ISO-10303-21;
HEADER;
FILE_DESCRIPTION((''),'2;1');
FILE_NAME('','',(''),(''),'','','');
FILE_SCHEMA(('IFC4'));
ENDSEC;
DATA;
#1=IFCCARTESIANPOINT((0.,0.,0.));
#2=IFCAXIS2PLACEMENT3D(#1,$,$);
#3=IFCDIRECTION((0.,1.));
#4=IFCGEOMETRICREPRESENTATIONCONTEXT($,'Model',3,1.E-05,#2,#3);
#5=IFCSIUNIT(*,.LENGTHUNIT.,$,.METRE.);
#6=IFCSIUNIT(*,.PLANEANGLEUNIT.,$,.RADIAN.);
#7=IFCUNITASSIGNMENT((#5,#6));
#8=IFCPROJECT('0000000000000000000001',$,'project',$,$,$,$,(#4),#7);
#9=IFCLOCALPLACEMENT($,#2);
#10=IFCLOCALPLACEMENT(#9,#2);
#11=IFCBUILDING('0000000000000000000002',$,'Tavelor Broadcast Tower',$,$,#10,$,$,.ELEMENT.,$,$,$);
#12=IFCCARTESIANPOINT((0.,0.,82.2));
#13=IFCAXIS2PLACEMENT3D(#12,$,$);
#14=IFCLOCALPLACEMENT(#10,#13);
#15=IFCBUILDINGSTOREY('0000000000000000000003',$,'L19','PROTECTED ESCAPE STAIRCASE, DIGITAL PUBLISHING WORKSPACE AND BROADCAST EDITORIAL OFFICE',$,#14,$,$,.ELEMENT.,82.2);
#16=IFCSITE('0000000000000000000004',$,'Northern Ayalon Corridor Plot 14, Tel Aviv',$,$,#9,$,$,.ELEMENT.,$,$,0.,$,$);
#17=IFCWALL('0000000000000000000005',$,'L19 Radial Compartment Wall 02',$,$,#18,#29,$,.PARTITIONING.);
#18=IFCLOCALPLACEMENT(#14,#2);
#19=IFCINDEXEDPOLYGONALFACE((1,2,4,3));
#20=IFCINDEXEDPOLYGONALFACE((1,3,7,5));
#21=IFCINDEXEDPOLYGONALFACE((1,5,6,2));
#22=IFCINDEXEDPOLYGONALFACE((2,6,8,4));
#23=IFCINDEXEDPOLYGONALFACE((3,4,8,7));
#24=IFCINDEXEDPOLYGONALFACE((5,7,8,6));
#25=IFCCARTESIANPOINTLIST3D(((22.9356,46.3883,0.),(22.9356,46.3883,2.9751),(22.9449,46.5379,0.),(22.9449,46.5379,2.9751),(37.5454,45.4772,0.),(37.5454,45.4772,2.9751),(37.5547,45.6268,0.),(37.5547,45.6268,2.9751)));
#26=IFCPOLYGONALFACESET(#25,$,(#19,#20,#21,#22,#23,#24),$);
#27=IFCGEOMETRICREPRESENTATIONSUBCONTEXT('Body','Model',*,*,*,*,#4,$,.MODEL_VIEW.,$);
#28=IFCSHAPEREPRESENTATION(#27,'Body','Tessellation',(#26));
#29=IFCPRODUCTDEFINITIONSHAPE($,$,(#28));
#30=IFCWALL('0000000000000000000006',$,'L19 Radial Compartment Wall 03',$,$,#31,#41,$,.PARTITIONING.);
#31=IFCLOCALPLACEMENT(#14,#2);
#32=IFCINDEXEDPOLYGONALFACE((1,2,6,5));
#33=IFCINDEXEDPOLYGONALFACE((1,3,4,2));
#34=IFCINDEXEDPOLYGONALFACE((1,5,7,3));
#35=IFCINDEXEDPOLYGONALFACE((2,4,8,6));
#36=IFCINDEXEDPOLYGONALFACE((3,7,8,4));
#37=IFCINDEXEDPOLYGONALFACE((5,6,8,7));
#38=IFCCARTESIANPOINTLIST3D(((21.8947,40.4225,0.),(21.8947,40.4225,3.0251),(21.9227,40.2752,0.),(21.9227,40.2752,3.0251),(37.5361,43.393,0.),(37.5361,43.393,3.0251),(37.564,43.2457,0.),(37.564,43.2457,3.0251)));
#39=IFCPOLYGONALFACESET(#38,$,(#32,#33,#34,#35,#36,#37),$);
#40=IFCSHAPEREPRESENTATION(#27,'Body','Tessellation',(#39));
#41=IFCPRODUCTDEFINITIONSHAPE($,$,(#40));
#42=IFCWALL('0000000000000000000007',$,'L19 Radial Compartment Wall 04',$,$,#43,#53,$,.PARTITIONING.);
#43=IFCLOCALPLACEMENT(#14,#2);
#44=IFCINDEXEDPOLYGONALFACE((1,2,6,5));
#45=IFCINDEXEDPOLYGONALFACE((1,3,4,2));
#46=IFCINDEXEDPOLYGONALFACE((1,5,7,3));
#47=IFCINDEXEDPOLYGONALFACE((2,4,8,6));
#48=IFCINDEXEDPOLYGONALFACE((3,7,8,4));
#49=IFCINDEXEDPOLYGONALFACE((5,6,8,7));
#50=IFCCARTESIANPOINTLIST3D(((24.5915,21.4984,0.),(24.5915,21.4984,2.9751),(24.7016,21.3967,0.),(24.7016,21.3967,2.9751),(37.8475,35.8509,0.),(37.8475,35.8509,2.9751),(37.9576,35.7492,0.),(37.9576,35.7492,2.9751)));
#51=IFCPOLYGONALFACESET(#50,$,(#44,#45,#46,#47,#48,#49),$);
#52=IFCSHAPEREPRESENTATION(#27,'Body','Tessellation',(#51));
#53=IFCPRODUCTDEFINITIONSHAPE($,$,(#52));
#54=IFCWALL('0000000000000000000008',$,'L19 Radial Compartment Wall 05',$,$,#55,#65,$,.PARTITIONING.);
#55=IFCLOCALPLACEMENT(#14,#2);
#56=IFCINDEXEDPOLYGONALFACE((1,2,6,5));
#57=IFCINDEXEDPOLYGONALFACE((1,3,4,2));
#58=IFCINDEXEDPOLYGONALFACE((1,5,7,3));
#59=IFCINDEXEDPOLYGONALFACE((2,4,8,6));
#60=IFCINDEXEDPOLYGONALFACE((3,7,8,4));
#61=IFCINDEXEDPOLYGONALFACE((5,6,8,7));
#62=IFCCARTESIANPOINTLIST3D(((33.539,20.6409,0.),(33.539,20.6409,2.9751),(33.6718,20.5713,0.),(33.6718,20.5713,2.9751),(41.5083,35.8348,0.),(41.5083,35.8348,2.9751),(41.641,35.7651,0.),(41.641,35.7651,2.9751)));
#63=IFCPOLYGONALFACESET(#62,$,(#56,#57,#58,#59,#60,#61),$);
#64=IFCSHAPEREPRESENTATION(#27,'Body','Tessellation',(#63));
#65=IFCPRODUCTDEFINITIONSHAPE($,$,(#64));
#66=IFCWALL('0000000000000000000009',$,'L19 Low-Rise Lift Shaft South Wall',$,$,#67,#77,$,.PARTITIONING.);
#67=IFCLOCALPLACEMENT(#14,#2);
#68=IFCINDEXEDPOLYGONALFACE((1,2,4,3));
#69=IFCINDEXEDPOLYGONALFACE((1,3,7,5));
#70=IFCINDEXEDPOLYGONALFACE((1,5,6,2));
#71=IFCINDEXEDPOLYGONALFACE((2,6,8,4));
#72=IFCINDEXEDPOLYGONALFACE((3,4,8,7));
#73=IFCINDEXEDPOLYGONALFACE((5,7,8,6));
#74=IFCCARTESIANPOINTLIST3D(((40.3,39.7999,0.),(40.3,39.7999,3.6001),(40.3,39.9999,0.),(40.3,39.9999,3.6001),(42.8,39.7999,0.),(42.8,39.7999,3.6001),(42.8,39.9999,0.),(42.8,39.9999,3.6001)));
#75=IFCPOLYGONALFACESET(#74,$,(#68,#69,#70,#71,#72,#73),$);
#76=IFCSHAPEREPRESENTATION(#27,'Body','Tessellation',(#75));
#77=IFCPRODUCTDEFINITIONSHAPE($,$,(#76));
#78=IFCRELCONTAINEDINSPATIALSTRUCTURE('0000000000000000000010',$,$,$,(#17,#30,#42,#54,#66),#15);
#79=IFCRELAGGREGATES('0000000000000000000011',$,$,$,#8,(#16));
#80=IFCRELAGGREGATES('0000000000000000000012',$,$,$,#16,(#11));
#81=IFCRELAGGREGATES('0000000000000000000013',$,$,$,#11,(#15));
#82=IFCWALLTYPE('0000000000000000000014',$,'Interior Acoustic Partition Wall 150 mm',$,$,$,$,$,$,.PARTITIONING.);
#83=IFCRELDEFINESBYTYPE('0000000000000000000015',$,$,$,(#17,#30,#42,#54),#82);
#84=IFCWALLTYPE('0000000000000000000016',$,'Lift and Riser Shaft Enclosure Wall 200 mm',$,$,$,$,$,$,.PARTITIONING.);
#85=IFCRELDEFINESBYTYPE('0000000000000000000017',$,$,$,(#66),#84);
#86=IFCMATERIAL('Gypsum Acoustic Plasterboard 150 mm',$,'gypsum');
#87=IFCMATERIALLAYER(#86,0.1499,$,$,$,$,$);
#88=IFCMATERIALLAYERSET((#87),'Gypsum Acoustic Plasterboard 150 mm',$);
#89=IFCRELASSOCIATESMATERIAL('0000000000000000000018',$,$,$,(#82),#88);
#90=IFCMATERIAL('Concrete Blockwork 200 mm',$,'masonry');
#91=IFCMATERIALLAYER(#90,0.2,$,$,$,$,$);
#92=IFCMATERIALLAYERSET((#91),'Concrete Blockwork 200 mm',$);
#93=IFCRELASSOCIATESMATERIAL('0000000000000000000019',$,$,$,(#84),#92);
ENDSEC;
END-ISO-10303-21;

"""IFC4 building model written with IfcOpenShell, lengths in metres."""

from ifc_helpers import new_model, si_unit, direction, frame, frame_2d, origin, place, context, subcontext, project, spatial, rectangle, extrude, material, layer, layer_set, type_object, element, save


model = new_model("IFC4")

# Units and contexts
model_context = context("Model", 3, precision=1e-05, world=origin(), true_north=direction((0.0, 1.0)))
body_context = subcontext(model_context, "Body", "Model", "MODEL_VIEW")
ifc_project = project(units=[si_unit("LENGTHUNIT", "METRE"), si_unit("PLANEANGLEUNIT", "RADIAN")], contexts=[model_context])

# Site, building, storey
site_placement = place(None, origin())
site = spatial("IfcSite", under=ifc_project, at=site_placement, Name="Northern Ayalon Corridor Plot 14, Tel Aviv", CompositionType="ELEMENT", RefElevation=0.0)
building_placement = place(site_placement, origin())
building = spatial("IfcBuilding", under=site, at=building_placement, Name="Tavelor Broadcast Tower", CompositionType="ELEMENT")
storey_placement = place(building_placement, frame((0.0, 0.0, 82.2)))
storey = spatial("IfcBuildingStorey", under=building, at=storey_placement, Name="L19", Description="PROTECTED ESCAPE STAIRCASE, DIGITAL PUBLISHING WORKSPACE AND BROADCAST EDITORIAL OFFICE", CompositionType="ELEMENT", Elevation=82.2)

# Walls
ifc_material_1 = material(Name="Gypsum Acoustic Plasterboard 150 mm", Category="gypsum")
ifc_layer_1 = layer(ifc_material_1, 0.1499)
ifc_layer_set_1 = layer_set([ifc_layer_1], Name="Gypsum Acoustic Plasterboard 150 mm")
wall_type_1 = type_object("IfcWallType", Name="Interior Acoustic Partition Wall 150 mm", PredefinedType="PARTITIONING", material=ifc_layer_set_1)
wall_1_placement = place(storey_placement, frame((37.55, 45.552, 0.0), z_axis=(0.0, 0.0, 1.0), x_axis=(-0.998061, 0.062243, 0.0)))
element("IfcWall", 1, at=wall_1_placement, inside=storey, type_object=wall_type_1, Name="L19 Radial Compartment Wall 02", PredefinedType="PARTITIONING", context=body_context, shape_type="SweptSolid", body=[
    extrude(rectangle(XDim=14.6382, YDim=0.1499, at=frame_2d((7.3191, 0.0))), origin(), (0.0, 0.0, 1.0), 2.9751),
])
wall_2_placement = place(storey_placement, frame((37.55, 43.3193, 0.0), z_axis=(0.0, 0.0, 1.0), x_axis=(-0.982441, -0.186576, 0.0)))
element("IfcWall", 2, at=wall_2_placement, inside=storey, type_object=wall_type_1, Name="L19 Radial Compartment Wall 03", PredefinedType="PARTITIONING", context=body_context, shape_type="SweptSolid", body=[
    extrude(rectangle(XDim=15.9209, YDim=0.1499, at=frame_2d((7.9604, 0.0))), origin(), (0.0, 0.0, 1.0), 3.0251),
])
wall_3_placement = place(storey_placement, frame((37.9026, 35.8, 0.0), z_axis=(0.0, 0.0, 1.0), x_axis=(-0.67849, -0.734609, 0.0)))
element("IfcWall", 3, at=wall_3_placement, inside=storey, type_object=wall_type_1, Name="L19 Radial Compartment Wall 04", PredefinedType="PARTITIONING", context=body_context, shape_type="SweptSolid", body=[
    extrude(rectangle(XDim=19.5376, YDim=0.1499, at=frame_2d((9.7688, 0.0))), origin(), (0.0, 0.0, 1.0), 2.9751),
])
wall_4_placement = place(storey_placement, frame((41.5747, 35.8, 0.0), z_axis=(0.0, 0.0, 1.0), x_axis=(-0.46449, -0.885579, 0.0)))
element("IfcWall", 4, at=wall_4_placement, inside=storey, type_object=wall_type_1, Name="L19 Radial Compartment Wall 05", PredefinedType="PARTITIONING", context=body_context, shape_type="SweptSolid", body=[
    extrude(rectangle(XDim=17.157, YDim=0.1499, at=frame_2d((8.5786, 0.0))), origin(), (0.0, 0.0, 1.0), 2.9751),
])

# Shared definitions
ifc_material_2 = material(Name="Concrete Blockwork 200 mm", Category="masonry")

# Wall
ifc_layer_2 = layer(ifc_material_2, 0.2)
ifc_layer_set_2 = layer_set([ifc_layer_2], Name="Concrete Blockwork 200 mm")
wall_type_2 = type_object("IfcWallType", Name="Lift and Riser Shaft Enclosure Wall 200 mm", PredefinedType="PARTITIONING", material=ifc_layer_set_2)
wall_5_placement = place(storey_placement, frame((40.3, 39.8999, 0.0), z_axis=(0.0, 0.0, 1.0), x_axis=(1.0, 0.0, 0.0)))
element("IfcWall", 5, at=wall_5_placement, inside=storey, type_object=wall_type_2, Name="L19 Low-Rise Lift Shaft South Wall", PredefinedType="PARTITIONING", context=body_context, shape_type="SweptSolid", body=[
    extrude(rectangle(XDim=2.5, YDim=0.2, at=frame_2d((1.25, 0.0))), origin(), (0.0, 0.0, 1.0), 3.6001),
])

save(model, "model.ifc")
